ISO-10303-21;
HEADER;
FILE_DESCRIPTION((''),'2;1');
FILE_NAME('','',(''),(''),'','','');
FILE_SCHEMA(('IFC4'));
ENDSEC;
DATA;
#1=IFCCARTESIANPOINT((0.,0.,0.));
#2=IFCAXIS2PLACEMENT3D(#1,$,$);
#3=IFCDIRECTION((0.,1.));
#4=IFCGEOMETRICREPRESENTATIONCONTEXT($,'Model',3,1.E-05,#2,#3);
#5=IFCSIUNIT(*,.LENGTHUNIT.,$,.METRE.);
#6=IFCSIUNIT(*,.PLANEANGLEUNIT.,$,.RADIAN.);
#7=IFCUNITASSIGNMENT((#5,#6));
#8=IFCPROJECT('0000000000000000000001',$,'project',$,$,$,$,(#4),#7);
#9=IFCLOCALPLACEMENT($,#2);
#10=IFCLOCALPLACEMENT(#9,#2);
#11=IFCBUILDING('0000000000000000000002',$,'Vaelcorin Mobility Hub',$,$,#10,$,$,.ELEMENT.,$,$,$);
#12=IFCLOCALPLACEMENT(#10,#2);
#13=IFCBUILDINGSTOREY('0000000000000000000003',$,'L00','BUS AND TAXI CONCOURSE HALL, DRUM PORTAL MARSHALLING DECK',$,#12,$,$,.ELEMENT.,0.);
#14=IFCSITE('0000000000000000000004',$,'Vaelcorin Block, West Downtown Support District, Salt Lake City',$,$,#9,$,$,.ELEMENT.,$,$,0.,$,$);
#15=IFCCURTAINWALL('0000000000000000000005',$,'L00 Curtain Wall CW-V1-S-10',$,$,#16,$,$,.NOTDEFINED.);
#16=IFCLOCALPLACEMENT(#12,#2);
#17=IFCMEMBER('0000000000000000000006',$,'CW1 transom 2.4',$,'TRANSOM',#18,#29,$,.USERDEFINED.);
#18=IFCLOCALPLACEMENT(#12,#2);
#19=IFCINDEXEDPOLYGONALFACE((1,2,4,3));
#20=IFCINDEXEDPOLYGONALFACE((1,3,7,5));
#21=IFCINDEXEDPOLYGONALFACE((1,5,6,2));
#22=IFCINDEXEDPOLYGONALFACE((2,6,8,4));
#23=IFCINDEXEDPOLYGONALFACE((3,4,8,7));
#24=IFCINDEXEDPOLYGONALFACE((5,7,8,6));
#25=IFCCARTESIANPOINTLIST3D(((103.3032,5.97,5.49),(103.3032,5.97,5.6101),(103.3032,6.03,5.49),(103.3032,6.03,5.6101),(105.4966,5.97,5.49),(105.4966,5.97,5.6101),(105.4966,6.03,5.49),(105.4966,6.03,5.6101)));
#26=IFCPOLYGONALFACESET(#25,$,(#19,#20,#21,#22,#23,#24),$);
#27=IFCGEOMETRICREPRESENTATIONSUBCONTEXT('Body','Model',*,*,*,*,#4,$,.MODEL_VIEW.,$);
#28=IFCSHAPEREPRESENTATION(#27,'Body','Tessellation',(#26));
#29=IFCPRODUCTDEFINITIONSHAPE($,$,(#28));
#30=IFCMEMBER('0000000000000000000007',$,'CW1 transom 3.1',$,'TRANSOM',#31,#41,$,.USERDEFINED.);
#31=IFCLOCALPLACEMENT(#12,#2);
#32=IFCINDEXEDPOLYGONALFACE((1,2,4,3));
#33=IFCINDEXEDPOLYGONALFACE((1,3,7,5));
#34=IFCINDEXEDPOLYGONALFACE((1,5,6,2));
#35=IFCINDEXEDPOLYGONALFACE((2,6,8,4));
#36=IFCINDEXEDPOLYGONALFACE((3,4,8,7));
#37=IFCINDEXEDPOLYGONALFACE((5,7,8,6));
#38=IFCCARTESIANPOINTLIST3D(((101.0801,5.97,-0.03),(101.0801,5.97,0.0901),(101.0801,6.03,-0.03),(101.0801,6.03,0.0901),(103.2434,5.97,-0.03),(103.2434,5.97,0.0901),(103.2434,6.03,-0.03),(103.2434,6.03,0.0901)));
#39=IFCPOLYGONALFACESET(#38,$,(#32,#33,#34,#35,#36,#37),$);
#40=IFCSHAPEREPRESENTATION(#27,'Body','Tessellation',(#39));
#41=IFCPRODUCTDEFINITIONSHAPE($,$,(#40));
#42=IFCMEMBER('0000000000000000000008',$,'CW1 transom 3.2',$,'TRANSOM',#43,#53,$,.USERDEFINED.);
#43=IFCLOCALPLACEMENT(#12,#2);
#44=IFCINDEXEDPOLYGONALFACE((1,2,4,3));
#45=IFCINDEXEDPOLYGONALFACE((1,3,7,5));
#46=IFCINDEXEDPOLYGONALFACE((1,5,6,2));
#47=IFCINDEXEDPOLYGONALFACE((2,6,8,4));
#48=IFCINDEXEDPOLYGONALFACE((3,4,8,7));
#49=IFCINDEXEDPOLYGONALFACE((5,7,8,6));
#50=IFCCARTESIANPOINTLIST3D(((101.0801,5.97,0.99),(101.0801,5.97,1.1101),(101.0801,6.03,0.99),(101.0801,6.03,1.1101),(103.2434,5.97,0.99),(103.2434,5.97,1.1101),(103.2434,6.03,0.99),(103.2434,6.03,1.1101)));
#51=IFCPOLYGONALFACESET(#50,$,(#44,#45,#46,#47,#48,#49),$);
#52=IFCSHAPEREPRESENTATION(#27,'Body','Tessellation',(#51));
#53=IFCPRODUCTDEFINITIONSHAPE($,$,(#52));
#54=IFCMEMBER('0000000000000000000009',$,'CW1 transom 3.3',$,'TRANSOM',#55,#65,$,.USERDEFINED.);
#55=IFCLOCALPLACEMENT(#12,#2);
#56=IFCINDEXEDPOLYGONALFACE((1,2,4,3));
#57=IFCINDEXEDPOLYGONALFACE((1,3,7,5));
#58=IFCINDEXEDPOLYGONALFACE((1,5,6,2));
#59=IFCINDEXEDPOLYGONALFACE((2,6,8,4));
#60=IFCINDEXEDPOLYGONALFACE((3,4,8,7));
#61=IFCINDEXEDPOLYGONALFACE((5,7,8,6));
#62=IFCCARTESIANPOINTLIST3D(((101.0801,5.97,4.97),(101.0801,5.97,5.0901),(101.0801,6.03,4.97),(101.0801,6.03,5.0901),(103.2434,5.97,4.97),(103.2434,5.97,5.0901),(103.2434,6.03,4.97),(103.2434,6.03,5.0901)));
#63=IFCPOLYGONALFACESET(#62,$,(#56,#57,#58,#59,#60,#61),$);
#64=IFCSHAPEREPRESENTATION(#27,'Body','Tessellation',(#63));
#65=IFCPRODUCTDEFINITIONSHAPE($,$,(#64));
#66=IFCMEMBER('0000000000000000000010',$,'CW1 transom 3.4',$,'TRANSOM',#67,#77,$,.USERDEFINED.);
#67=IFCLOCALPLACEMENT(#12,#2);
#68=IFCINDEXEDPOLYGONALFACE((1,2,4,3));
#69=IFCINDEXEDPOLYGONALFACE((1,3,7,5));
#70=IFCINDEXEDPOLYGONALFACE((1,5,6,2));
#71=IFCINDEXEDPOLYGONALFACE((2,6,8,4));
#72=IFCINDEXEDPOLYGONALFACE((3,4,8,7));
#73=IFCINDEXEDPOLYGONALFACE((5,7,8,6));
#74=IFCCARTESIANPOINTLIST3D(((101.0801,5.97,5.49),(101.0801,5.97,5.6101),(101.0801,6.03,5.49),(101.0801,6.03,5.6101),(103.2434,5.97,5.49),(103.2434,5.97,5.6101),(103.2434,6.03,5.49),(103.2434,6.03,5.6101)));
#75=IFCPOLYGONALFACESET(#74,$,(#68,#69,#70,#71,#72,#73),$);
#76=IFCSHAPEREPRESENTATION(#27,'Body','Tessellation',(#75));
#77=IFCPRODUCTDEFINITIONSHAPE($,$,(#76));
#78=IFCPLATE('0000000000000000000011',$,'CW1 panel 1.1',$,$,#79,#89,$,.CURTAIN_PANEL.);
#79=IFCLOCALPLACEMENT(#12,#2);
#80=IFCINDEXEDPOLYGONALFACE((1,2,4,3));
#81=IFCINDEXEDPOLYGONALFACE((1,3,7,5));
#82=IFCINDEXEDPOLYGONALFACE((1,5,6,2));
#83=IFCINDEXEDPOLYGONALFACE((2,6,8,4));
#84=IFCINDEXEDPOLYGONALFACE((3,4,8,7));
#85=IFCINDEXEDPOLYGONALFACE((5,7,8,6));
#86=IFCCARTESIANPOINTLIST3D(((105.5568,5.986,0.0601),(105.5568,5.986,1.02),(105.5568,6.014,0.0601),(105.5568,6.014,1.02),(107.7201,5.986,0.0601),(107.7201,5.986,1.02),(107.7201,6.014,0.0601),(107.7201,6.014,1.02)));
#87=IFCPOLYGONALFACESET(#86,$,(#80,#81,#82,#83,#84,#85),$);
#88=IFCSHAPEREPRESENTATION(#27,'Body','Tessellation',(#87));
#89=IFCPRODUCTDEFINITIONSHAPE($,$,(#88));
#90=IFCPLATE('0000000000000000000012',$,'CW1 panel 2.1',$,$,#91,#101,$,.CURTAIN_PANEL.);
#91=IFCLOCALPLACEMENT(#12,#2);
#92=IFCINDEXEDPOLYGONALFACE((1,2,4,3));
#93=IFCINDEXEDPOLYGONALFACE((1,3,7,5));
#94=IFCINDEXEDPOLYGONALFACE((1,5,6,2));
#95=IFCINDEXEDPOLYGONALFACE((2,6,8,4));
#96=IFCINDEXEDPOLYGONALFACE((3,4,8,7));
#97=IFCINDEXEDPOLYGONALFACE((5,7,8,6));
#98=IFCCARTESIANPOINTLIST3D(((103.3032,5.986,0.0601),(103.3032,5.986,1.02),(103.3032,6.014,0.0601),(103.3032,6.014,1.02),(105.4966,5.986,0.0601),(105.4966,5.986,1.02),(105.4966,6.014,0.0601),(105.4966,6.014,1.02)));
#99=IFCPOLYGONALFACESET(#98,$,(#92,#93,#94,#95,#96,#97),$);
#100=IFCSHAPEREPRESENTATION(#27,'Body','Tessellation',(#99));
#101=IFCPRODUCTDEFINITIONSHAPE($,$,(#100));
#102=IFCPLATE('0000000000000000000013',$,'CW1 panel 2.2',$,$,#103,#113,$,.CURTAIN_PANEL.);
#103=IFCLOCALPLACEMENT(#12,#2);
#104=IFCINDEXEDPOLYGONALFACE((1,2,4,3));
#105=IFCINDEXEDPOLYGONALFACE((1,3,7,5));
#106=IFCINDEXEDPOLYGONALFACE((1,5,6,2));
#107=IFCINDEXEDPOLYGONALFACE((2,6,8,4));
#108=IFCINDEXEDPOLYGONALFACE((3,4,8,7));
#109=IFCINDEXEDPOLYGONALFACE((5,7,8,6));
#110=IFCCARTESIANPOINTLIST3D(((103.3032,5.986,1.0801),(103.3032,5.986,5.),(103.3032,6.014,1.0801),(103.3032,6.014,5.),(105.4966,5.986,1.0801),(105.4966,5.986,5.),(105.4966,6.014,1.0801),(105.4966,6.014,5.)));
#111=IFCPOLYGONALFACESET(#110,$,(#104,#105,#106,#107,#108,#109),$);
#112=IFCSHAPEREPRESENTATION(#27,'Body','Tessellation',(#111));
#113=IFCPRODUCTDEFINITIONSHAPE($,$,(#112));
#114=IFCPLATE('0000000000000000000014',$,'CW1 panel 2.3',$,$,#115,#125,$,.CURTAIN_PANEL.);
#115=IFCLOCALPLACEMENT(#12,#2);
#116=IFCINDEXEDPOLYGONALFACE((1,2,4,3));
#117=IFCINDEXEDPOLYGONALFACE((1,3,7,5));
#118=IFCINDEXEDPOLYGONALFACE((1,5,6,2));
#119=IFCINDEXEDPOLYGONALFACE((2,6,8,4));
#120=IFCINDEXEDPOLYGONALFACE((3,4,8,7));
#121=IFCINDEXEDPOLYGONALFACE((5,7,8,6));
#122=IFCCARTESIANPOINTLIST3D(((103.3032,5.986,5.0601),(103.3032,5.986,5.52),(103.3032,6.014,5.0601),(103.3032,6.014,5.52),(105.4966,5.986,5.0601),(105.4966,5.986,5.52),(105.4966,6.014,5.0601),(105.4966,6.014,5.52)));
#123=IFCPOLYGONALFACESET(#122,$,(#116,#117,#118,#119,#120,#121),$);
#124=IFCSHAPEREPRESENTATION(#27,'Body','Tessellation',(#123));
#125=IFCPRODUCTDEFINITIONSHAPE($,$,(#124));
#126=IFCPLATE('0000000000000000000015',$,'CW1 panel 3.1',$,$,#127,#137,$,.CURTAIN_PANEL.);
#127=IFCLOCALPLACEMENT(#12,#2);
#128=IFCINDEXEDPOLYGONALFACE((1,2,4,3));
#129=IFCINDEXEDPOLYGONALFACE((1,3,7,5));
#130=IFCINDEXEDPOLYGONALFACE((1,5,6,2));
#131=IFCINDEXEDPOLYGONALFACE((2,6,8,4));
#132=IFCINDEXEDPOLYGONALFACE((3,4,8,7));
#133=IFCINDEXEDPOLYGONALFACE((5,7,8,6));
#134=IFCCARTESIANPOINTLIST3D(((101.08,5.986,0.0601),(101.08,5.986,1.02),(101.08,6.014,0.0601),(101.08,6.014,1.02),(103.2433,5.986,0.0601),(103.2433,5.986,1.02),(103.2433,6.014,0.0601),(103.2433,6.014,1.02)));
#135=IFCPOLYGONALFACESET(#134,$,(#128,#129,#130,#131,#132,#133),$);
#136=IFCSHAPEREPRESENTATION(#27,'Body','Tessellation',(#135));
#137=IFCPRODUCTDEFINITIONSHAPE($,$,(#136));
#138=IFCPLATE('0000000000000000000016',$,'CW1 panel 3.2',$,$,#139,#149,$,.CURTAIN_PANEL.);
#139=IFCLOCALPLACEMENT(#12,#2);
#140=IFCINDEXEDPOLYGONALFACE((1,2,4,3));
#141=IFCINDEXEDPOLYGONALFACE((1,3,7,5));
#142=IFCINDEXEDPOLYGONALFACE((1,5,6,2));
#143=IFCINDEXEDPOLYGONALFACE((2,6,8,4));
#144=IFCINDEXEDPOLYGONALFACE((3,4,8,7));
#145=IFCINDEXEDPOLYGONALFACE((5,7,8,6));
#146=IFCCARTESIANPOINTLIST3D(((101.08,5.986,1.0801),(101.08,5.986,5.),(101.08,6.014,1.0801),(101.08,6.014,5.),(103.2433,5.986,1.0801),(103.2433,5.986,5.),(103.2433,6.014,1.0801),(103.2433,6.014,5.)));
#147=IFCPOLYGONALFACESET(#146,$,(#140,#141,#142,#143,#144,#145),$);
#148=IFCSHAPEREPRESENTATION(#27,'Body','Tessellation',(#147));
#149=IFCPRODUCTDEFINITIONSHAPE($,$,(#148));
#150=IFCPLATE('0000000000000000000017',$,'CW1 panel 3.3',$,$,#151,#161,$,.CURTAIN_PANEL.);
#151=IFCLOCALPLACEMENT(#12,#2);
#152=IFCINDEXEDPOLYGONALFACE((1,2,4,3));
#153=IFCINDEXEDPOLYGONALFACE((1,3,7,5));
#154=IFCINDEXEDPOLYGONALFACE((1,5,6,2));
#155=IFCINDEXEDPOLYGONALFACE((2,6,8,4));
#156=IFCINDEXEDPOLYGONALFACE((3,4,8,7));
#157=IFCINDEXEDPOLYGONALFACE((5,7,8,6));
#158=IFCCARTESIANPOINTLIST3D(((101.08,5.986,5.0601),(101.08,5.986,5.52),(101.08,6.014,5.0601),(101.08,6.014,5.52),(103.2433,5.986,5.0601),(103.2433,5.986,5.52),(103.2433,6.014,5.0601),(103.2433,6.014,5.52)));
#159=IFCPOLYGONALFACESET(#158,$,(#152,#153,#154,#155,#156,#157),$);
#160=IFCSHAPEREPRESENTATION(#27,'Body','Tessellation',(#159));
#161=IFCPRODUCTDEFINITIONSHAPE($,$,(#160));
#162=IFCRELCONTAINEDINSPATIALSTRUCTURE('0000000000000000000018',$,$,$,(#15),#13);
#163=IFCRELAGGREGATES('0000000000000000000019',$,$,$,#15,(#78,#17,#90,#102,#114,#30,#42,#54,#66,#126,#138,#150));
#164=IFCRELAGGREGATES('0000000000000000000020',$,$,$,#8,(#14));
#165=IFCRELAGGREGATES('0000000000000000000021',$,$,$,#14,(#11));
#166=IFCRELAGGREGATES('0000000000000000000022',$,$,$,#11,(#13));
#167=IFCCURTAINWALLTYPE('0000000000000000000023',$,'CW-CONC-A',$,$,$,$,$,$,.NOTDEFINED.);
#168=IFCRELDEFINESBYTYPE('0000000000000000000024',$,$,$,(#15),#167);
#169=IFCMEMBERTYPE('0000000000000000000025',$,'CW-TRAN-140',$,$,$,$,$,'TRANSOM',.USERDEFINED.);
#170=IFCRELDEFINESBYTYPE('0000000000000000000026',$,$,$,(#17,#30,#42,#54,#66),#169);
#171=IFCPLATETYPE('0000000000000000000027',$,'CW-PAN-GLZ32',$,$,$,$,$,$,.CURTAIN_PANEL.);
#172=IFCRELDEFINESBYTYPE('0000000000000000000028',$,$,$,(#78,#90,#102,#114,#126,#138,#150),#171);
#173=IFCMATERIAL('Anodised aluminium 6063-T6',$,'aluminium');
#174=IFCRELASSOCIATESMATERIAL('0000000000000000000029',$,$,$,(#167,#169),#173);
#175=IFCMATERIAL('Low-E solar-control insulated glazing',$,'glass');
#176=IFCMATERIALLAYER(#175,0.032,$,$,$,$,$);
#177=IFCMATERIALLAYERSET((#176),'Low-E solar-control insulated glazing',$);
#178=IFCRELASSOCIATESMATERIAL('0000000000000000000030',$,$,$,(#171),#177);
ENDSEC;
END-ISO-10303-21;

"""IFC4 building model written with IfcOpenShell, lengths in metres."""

from ifc_helpers import new_model, si_unit, direction, frame, origin, origin_2d, place, context, subcontext, project, spatial, rectangle, extrude, material, layer, layer_set, material_profile, profile_set, type_object, element, aggregate, save


model = new_model("IFC4")

# Units and contexts
model_context = context("Model", 3, precision=1e-05, world=origin(), true_north=direction((0.0, 1.0)))
body_context = subcontext(model_context, "Body", "Model", "MODEL_VIEW")
ifc_project = project(units=[si_unit("LENGTHUNIT", "METRE"), si_unit("PLANEANGLEUNIT", "RADIAN")], contexts=[model_context])

# Site, building, storey
site_placement = place(None, origin())
site = spatial("IfcSite", under=ifc_project, at=site_placement, Name="Vaelcorin Block, West Downtown Support District, Salt Lake City", CompositionType="ELEMENT", RefElevation=0.0)
building_placement = place(site_placement, origin())
building = spatial("IfcBuilding", under=site, at=building_placement, Name="Vaelcorin Mobility Hub", CompositionType="ELEMENT")
storey_placement = place(building_placement, origin())
storey = spatial("IfcBuildingStorey", under=building, at=storey_placement, Name="L00", Description="BUS AND TAXI CONCOURSE HALL, DRUM PORTAL MARSHALLING DECK", CompositionType="ELEMENT", Elevation=0.0)

# Shared definitions
ifc_material_1 = material(Name="Anodised aluminium 6063-T6", Category="aluminium")
curtain_wall_type = type_object("IfcCurtainWallType", Name="CW-CONC-A", PredefinedType="NOTDEFINED", material=ifc_material_1)

# Curtain wall
curtain_wall_1_placement = place(storey_placement, origin())
curtain_wall_1 = element("IfcCurtainWall", 1, at=curtain_wall_1_placement, inside=storey, type_object=curtain_wall_type, Name="L00 Curtain Wall CW-V1-S-10", PredefinedType="NOTDEFINED")

# Members
ifc_material_profile_1 = material_profile(ifc_material_1, rectangle(XDim=0.0601, YDim=0.1201, at=origin_2d()), Name="ALU-T60X120")
ifc_profile_set_1 = profile_set([ifc_material_profile_1], Name="Anodised aluminium 6063-T6")
member_type_1 = type_object("IfcMemberType", Name="CW-TRAN-140", ElementType="TRANSOM", PredefinedType="USERDEFINED", material=ifc_profile_set_1)
member_1_placement = place(storey_placement, frame((105.4966, 6.0, 5.55), z_axis=(-1.0, 0.0, 0.0), x_axis=(0.0, -1.0, 0.0)))
member_1 = element("IfcMember", 2, at=member_1_placement, type_object=member_type_1, Name="CW1 transom 2.4", ObjectType="TRANSOM", PredefinedType="USERDEFINED", context=body_context, shape_type="SweptSolid", body=[
    extrude(rectangle(XDim=0.0601, YDim=0.1201, at=origin_2d()), origin(), (0.0, 0.0, 1.0), 2.1934),
])
member_2_placement = place(storey_placement, frame((103.2434, 6.0, 0.03), z_axis=(-1.0, 0.0, 0.0), x_axis=(0.0, -1.0, 0.0)))
member_2 = element("IfcMember", 3, at=member_2_placement, type_object=member_type_1, Name="CW1 transom 3.1", ObjectType="TRANSOM", PredefinedType="USERDEFINED", context=body_context, shape_type="SweptSolid", body=[
    extrude(rectangle(XDim=0.0601, YDim=0.1201, at=origin_2d()), origin(), (0.0, 0.0, 1.0), 2.1633),
])
member_3_placement = place(storey_placement, frame((103.2434, 6.0, 1.05), z_axis=(-1.0, 0.0, 0.0), x_axis=(0.0, -1.0, 0.0)))
member_3 = element("IfcMember", 4, at=member_3_placement, type_object=member_type_1, Name="CW1 transom 3.2", ObjectType="TRANSOM", PredefinedType="USERDEFINED", context=body_context, shape_type="SweptSolid", body=[
    extrude(rectangle(XDim=0.0601, YDim=0.1201, at=origin_2d()), origin(), (0.0, 0.0, 1.0), 2.1633),
])
member_4_placement = place(storey_placement, frame((103.2434, 6.0, 5.03), z_axis=(-1.0, 0.0, 0.0), x_axis=(0.0, -1.0, 0.0)))
member_4 = element("IfcMember", 5, at=member_4_placement, type_object=member_type_1, Name="CW1 transom 3.3", ObjectType="TRANSOM", PredefinedType="USERDEFINED", context=body_context, shape_type="SweptSolid", body=[
    extrude(rectangle(XDim=0.0601, YDim=0.1201, at=origin_2d()), origin(), (0.0, 0.0, 1.0), 2.1633),
])
member_5_placement = place(storey_placement, frame((103.2434, 6.0, 5.55), z_axis=(-1.0, 0.0, 0.0), x_axis=(0.0, -1.0, 0.0)))
member_5 = element("IfcMember", 6, at=member_5_placement, type_object=member_type_1, Name="CW1 transom 3.4", ObjectType="TRANSOM", PredefinedType="USERDEFINED", context=body_context, shape_type="SweptSolid", body=[
    extrude(rectangle(XDim=0.0601, YDim=0.1201, at=origin_2d()), origin(), (0.0, 0.0, 1.0), 2.1633),
])

# Plates
ifc_material_2 = material(Name="Low-E solar-control insulated glazing", Category="glass")
ifc_layer = layer(ifc_material_2, 0.032)
ifc_layer_set = layer_set([ifc_layer], Name="Low-E solar-control insulated glazing")
plate_type = type_object("IfcPlateType", Name="CW-PAN-GLZ32", PredefinedType="CURTAIN_PANEL", material=ifc_layer_set)
plate_1_placement = place(storey_placement, frame((106.6384, 6.0, 0.0601), z_axis=(0.0, 0.0, 1.0), x_axis=(-1.0, 0.0, 0.0)))
plate_1 = element("IfcPlate", 7, at=plate_1_placement, type_object=plate_type, Name="CW1 panel 1.1", PredefinedType="CURTAIN_PANEL", context=body_context, shape_type="SweptSolid", body=[
    extrude(rectangle(XDim=2.1633, YDim=0.0281, at=origin_2d()), origin(), (0.0, 0.0, 1.0), 0.96),
])
plate_2_placement = place(storey_placement, frame((104.3999, 6.0, 0.0601), z_axis=(0.0, 0.0, 1.0), x_axis=(-1.0, 0.0, 0.0)))
plate_2 = element("IfcPlate", 8, at=plate_2_placement, type_object=plate_type, Name="CW1 panel 2.1", PredefinedType="CURTAIN_PANEL", context=body_context, shape_type="SweptSolid", body=[
    extrude(rectangle(XDim=2.1934, YDim=0.0281, at=origin_2d()), origin(), (0.0, 0.0, 1.0), 0.96),
])
plate_3_placement = place(storey_placement, frame((104.3999, 6.0, 1.0801), z_axis=(0.0, 0.0, 1.0), x_axis=(-1.0, 0.0, 0.0)))
plate_3 = element("IfcPlate", 9, at=plate_3_placement, type_object=plate_type, Name="CW1 panel 2.2", PredefinedType="CURTAIN_PANEL", context=body_context, shape_type="SweptSolid", body=[
    extrude(rectangle(XDim=2.1934, YDim=0.0281, at=origin_2d()), origin(), (0.0, 0.0, 1.0), 3.9199),
])
plate_4_placement = place(storey_placement, frame((104.3999, 6.0, 5.0601), z_axis=(0.0, 0.0, 1.0), x_axis=(-1.0, 0.0, 0.0)))
plate_4 = element("IfcPlate", 10, at=plate_4_placement, type_object=plate_type, Name="CW1 panel 2.3", PredefinedType="CURTAIN_PANEL", context=body_context, shape_type="SweptSolid", body=[
    extrude(rectangle(XDim=2.1934, YDim=0.0281, at=origin_2d()), origin(), (0.0, 0.0, 1.0), 0.46),
])
plate_5_placement = place(storey_placement, frame((102.1616, 6.0, 0.0601), z_axis=(0.0, 0.0, 1.0), x_axis=(-1.0, 0.0, 0.0)))
plate_5 = element("IfcPlate", 11, at=plate_5_placement, type_object=plate_type, Name="CW1 panel 3.1", PredefinedType="CURTAIN_PANEL", context=body_context, shape_type="SweptSolid", body=[
    extrude(rectangle(XDim=2.1633, YDim=0.0281, at=origin_2d()), origin(), (0.0, 0.0, 1.0), 0.96),
])
plate_6_placement = place(storey_placement, frame((102.1616, 6.0, 1.0801), z_axis=(0.0, 0.0, 1.0), x_axis=(-1.0, 0.0, 0.0)))
plate_6 = element("IfcPlate", 12, at=plate_6_placement, type_object=plate_type, Name="CW1 panel 3.2", PredefinedType="CURTAIN_PANEL", context=body_context, shape_type="SweptSolid", body=[
    extrude(rectangle(XDim=2.1633, YDim=0.0281, at=origin_2d()), origin(), (0.0, 0.0, 1.0), 3.9199),
])
plate_7_placement = place(storey_placement, frame((102.1616, 6.0, 5.0601), z_axis=(0.0, 0.0, 1.0), x_axis=(-1.0, 0.0, 0.0)))
plate_7 = element("IfcPlate", 13, at=plate_7_placement, type_object=plate_type, Name="CW1 panel 3.3", PredefinedType="CURTAIN_PANEL", context=body_context, shape_type="SweptSolid", body=[
    extrude(rectangle(XDim=2.1633, YDim=0.0281, at=origin_2d()), origin(), (0.0, 0.0, 1.0), 0.46),
])
aggregate(curtain_wall_1, [plate_1, member_1, plate_2, plate_3, plate_4, member_2, member_3, member_4, member_5, plate_5, plate_6, plate_7])

save(model, "model.ifc")
